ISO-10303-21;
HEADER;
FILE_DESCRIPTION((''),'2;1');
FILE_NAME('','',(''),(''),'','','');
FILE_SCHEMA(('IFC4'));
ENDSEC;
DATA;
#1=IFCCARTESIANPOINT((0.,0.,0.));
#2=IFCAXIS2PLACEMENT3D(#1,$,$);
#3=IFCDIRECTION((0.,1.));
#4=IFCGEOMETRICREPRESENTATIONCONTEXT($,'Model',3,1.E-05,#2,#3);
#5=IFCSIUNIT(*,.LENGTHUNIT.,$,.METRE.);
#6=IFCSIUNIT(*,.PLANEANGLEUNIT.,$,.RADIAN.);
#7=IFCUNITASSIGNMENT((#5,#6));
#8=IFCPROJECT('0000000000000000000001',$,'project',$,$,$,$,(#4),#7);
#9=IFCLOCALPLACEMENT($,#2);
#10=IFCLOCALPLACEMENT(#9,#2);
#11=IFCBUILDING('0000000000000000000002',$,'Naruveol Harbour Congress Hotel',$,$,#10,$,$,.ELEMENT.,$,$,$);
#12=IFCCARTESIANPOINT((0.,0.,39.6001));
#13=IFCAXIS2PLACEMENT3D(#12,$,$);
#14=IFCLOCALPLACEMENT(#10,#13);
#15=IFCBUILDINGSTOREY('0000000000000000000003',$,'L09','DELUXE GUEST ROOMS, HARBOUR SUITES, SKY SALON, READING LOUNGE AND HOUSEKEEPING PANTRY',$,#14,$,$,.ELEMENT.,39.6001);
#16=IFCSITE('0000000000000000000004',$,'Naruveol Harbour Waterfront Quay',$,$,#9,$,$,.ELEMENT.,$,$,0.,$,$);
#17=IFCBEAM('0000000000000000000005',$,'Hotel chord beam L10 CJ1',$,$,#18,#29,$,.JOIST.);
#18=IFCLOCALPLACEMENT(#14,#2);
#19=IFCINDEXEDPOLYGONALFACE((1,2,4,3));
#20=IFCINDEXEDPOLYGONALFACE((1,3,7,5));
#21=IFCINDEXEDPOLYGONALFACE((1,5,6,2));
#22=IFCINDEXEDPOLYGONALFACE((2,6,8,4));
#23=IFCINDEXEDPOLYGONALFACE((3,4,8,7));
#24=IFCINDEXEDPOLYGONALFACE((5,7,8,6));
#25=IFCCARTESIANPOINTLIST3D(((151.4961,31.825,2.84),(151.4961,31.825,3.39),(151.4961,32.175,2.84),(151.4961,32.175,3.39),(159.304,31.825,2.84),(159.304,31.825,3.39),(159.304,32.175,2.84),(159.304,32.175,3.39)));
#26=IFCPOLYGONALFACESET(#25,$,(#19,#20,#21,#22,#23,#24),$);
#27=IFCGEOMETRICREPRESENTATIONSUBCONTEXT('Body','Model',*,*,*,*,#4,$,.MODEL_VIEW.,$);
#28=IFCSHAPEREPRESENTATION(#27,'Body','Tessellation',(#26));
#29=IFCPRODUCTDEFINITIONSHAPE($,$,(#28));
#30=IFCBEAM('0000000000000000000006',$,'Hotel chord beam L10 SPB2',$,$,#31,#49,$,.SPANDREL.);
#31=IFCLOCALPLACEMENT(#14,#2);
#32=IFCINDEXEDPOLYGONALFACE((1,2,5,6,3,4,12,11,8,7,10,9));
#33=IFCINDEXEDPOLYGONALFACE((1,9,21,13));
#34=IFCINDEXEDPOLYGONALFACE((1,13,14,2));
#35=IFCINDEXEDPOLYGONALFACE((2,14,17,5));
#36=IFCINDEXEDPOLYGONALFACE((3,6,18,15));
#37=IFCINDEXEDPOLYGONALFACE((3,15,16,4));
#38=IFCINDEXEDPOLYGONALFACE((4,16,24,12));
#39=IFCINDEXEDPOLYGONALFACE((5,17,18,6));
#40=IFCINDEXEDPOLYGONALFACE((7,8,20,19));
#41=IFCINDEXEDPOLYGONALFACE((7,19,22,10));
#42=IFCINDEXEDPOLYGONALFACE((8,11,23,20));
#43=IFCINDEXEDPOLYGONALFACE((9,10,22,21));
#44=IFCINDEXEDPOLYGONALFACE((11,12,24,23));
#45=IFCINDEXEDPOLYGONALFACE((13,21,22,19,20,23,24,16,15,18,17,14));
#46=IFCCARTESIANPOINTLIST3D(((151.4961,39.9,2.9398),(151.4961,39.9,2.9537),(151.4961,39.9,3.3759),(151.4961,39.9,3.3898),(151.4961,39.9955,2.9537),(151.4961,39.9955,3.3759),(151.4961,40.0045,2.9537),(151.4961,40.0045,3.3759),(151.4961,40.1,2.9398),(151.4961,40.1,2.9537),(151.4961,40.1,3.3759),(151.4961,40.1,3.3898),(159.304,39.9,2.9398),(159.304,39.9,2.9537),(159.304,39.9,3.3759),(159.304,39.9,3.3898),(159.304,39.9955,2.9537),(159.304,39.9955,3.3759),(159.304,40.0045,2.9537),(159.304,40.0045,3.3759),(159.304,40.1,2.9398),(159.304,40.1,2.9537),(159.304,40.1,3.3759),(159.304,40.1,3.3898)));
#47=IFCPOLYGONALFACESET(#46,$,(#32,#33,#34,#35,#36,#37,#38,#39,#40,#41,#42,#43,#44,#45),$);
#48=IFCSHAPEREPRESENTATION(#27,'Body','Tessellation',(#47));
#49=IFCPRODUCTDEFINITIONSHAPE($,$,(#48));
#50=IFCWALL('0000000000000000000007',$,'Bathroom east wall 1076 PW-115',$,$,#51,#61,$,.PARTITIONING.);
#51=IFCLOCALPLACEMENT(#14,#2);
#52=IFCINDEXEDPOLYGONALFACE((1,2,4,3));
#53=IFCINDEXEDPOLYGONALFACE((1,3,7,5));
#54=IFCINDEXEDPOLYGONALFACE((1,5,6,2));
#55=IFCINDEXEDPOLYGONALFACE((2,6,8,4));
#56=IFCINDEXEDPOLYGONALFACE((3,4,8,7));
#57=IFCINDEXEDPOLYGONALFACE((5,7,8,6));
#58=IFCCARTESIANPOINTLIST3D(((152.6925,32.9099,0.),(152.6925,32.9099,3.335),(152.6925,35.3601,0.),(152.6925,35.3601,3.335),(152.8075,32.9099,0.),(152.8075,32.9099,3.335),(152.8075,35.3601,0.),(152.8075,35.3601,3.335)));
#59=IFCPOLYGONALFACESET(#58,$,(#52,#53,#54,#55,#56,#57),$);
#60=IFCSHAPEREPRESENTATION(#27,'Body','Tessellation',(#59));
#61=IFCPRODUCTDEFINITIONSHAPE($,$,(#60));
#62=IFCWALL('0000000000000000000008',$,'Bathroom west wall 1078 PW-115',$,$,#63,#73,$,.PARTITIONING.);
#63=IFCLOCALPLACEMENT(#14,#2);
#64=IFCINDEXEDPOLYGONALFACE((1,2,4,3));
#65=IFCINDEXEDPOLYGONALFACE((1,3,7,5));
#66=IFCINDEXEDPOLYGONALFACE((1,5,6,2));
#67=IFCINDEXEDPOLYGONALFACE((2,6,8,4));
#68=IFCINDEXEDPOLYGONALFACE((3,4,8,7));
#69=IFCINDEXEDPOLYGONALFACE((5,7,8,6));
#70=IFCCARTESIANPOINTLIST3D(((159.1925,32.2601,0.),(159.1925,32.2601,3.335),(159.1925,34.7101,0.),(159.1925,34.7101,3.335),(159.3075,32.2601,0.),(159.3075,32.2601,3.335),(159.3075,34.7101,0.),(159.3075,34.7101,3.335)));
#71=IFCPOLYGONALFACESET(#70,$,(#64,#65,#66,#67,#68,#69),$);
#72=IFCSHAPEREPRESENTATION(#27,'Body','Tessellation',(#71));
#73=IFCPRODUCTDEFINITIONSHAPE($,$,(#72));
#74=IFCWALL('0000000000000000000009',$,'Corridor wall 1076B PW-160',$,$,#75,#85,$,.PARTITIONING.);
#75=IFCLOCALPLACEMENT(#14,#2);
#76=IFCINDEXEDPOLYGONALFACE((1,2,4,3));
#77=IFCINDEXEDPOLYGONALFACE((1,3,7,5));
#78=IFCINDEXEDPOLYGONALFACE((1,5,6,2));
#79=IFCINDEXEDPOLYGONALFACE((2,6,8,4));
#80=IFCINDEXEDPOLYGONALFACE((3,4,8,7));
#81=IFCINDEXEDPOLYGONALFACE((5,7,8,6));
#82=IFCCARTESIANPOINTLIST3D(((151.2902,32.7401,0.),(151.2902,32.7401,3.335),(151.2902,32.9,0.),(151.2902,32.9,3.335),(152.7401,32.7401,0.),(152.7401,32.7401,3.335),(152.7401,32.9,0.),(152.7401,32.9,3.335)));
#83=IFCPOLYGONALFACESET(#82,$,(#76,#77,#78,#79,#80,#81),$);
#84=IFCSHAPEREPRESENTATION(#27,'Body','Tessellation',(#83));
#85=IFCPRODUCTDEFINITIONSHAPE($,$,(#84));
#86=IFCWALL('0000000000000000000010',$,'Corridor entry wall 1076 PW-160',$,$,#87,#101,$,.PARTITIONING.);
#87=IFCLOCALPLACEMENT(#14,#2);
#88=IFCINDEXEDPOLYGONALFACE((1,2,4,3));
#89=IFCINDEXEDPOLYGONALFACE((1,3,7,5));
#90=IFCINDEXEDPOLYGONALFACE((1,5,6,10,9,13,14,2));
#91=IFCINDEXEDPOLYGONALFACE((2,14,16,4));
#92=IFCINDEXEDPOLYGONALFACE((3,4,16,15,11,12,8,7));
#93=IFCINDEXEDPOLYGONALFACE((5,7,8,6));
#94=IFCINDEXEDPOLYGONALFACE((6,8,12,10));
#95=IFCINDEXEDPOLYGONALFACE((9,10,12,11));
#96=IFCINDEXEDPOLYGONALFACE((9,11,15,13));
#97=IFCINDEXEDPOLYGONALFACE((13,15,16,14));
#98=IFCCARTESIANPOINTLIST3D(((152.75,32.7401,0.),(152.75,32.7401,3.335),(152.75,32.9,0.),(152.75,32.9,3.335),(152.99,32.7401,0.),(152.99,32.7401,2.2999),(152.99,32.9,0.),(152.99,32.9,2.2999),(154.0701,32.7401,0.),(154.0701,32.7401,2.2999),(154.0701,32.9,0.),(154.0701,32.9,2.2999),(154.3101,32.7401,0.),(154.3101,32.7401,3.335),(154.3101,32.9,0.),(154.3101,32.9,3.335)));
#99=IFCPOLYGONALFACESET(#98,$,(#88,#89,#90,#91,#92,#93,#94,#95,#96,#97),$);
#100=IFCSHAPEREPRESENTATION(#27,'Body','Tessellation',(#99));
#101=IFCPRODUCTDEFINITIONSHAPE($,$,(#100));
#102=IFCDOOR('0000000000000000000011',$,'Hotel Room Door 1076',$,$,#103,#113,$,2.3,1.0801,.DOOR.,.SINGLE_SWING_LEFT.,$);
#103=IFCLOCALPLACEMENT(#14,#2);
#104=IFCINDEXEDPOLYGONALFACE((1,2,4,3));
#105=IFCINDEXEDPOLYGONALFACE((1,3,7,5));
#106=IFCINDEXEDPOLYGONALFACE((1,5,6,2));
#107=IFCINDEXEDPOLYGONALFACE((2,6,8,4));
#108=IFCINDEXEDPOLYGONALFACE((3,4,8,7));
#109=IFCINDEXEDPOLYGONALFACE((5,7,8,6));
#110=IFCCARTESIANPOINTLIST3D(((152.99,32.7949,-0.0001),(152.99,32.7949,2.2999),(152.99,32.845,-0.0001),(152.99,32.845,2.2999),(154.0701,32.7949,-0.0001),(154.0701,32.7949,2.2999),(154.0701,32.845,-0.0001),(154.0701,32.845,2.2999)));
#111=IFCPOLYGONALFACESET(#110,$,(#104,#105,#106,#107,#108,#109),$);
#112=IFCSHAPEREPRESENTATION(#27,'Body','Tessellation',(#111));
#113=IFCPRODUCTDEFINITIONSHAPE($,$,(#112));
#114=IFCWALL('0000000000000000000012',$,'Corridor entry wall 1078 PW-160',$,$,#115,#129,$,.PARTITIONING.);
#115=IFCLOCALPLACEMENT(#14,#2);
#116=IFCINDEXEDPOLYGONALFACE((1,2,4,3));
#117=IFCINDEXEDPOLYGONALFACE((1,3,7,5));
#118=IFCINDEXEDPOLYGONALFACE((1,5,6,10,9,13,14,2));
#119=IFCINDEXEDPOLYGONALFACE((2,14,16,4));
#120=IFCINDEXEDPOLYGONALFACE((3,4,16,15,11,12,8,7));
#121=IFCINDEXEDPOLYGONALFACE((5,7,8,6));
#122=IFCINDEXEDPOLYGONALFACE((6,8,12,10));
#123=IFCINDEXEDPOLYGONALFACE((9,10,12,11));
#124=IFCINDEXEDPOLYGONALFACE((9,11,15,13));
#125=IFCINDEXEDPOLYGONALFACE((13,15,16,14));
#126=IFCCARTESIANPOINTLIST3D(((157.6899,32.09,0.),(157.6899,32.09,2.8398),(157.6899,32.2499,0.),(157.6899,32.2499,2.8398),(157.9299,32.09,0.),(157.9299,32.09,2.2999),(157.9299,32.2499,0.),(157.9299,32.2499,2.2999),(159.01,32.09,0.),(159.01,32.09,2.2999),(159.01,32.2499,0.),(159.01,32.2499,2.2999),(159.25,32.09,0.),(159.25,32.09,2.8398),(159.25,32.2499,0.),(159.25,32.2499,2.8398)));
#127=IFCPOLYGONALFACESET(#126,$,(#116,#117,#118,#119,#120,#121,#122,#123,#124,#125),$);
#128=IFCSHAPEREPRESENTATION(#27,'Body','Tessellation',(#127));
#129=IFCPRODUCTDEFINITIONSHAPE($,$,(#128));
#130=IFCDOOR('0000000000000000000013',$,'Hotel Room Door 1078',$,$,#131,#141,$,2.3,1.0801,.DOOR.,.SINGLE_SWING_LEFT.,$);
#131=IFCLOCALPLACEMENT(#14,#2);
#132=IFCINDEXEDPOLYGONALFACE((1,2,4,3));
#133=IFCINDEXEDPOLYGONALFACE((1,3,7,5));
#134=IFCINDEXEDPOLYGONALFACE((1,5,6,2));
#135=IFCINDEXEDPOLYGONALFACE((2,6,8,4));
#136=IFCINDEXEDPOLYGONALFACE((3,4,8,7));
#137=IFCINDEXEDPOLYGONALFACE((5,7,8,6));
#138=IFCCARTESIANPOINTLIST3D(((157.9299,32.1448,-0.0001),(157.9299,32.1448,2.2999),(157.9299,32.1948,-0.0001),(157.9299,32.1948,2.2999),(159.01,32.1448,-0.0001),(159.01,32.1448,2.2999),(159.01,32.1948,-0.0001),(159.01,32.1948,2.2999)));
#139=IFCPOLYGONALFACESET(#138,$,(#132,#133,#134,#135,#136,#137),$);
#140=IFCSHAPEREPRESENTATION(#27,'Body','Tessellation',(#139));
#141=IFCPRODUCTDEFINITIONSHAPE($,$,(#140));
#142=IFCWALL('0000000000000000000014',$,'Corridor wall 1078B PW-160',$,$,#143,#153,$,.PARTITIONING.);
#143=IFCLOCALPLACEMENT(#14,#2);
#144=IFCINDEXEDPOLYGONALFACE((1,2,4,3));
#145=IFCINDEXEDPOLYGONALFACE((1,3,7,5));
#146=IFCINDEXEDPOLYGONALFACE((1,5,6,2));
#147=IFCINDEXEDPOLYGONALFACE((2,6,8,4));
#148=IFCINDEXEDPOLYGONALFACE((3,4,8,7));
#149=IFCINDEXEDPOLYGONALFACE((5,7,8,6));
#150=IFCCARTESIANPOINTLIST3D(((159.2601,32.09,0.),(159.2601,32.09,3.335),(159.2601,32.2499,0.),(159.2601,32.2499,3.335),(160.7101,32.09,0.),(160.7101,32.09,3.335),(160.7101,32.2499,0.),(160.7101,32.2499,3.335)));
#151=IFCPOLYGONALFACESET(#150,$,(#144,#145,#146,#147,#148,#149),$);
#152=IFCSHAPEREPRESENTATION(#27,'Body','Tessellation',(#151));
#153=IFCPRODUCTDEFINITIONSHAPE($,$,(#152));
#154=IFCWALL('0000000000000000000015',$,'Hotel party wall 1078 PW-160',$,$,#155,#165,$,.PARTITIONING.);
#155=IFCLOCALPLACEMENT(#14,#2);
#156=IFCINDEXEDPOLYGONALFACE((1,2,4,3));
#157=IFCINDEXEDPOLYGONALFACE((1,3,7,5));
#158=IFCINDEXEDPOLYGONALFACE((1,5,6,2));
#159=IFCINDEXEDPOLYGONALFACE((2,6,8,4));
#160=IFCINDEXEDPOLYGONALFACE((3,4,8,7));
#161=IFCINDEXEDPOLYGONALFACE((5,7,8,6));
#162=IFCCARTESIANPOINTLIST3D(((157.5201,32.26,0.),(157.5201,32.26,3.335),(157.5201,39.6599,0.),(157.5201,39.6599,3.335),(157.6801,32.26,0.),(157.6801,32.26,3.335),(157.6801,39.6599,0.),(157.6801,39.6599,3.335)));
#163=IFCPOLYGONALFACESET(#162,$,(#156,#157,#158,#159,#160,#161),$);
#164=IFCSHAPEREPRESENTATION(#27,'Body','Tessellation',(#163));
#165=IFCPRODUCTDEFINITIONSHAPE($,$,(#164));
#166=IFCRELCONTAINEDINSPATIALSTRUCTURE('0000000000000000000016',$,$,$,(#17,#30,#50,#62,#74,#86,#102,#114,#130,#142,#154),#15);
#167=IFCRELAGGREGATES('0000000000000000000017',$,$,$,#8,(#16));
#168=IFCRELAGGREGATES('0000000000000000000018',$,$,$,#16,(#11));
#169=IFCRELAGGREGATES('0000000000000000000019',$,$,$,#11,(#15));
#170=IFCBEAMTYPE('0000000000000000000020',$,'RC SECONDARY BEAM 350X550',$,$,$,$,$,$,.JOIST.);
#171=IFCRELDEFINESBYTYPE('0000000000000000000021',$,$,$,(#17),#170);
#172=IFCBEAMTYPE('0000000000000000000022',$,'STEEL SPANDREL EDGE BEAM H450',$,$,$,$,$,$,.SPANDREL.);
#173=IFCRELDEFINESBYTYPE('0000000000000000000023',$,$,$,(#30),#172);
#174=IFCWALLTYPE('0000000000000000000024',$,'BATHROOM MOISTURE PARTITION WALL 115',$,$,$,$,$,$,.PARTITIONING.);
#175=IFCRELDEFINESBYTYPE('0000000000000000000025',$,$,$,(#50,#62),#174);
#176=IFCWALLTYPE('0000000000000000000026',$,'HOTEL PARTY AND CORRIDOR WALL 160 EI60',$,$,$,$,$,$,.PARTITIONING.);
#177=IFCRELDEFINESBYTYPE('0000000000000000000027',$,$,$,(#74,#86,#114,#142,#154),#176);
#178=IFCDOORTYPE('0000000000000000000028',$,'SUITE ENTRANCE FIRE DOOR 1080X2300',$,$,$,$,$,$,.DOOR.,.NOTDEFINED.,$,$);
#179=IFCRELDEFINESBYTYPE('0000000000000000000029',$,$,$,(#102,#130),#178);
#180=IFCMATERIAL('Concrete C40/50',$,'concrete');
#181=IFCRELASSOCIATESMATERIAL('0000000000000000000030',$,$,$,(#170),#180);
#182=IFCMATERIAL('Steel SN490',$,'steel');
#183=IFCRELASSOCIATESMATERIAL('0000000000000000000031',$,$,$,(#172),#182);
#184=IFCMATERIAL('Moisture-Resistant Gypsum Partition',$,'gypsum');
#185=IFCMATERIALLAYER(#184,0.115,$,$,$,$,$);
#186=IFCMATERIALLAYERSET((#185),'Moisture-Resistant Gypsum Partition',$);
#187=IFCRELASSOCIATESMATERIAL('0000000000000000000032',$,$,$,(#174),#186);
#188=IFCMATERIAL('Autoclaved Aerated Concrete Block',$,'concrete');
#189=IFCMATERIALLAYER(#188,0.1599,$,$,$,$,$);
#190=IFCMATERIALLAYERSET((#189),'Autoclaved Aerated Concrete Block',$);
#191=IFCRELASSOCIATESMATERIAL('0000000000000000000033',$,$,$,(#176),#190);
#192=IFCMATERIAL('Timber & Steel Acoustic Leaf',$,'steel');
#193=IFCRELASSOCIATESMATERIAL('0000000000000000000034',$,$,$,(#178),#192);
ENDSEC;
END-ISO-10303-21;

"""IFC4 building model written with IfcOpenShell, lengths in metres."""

from ifc_helpers import new_model, si_unit, direction, frame, frame_2d, origin, origin_2d, place, context, subcontext, project, spatial, rectangle, i_section, extrude, material, layer, layer_set, material_profile, profile_set, type_object, element, fill, save


model = new_model("IFC4")

# Units and contexts
model_context = context("Model", 3, precision=1e-05, world=origin(), true_north=direction((0.0, 1.0)))
body_context = subcontext(model_context, "Body", "Model", "MODEL_VIEW")
ifc_project = project(units=[si_unit("LENGTHUNIT", "METRE"), si_unit("PLANEANGLEUNIT", "RADIAN")], contexts=[model_context])

# Site, building, storey
site_placement = place(None, origin())
site = spatial("IfcSite", under=ifc_project, at=site_placement, Name="Naruveol Harbour Waterfront Quay", CompositionType="ELEMENT", RefElevation=0.0)
building_placement = place(site_placement, origin())
building = spatial("IfcBuilding", under=site, at=building_placement, Name="Naruveol Harbour Congress Hotel", CompositionType="ELEMENT")
storey_placement = place(building_placement, frame((0.0, 0.0, 39.6001)))
storey = spatial("IfcBuildingStorey", under=building, at=storey_placement, Name="L09", Description="DELUXE GUEST ROOMS, HARBOUR SUITES, SKY SALON, READING LOUNGE AND HOUSEKEEPING PANTRY", CompositionType="ELEMENT", Elevation=39.6001)

# Beams
ifc_material_1 = material(Name="Concrete C40/50", Category="concrete")
ifc_material_profile_1 = material_profile(ifc_material_1, rectangle(XDim=0.3501, YDim=0.55, at=origin_2d()), Name="RCB-350x550")
ifc_profile_set_1 = profile_set([ifc_material_profile_1], Name="Concrete C40/50")
beam_type_1 = type_object("IfcBeamType", Name="RC SECONDARY BEAM 350X550", PredefinedType="JOIST", material=ifc_profile_set_1)
beam_1_placement = place(storey_placement, frame((151.4961, 32.0, 3.115), z_axis=(1.0, 0.0, 0.0), x_axis=(0.0, 1.0, 0.0)))
element("IfcBeam", 1, at=beam_1_placement, inside=storey, type_object=beam_type_1, Name="Hotel chord beam L10 CJ1", PredefinedType="JOIST", context=body_context, shape_type="SweptSolid", body=[
    extrude(rectangle(XDim=0.3501, YDim=0.55, at=origin_2d()), origin(), (0.0, 0.0, 1.0), 7.8079),
])
ifc_material_2 = material(Name="Steel SN490", Category="steel")
ifc_material_profile_2 = material_profile(ifc_material_2, i_section(OverallWidth=0.2, OverallDepth=0.45, WebThickness=0.009, FlangeThickness=0.0139, at=origin_2d()), Name="H-450x200x9x14")
ifc_profile_set_2 = profile_set([ifc_material_profile_2], Name="Steel SN490")
beam_type_2 = type_object("IfcBeamType", Name="STEEL SPANDREL EDGE BEAM H450", PredefinedType="SPANDREL", material=ifc_profile_set_2)
beam_2_placement = place(storey_placement, frame((151.4961, 40.0, 3.1648), z_axis=(1.0, 0.0, 0.0), x_axis=(0.0, 1.0, 0.0)))
element("IfcBeam", 2, at=beam_2_placement, inside=storey, type_object=beam_type_2, Name="Hotel chord beam L10 SPB2", PredefinedType="SPANDREL", context=body_context, shape_type="SweptSolid", body=[
    extrude(i_section(OverallWidth=0.2, OverallDepth=0.45, WebThickness=0.009, FlangeThickness=0.0139, at=origin_2d()), origin(), (0.0, 0.0, 1.0), 7.8079),
])

# Wall
ifc_material_3 = material(Name="Moisture-Resistant Gypsum Partition", Category="gypsum")
ifc_layer_1 = layer(ifc_material_3, 0.115)
ifc_layer_set_1 = layer_set([ifc_layer_1], Name="Moisture-Resistant Gypsum Partition")
wall_type_1 = type_object("IfcWallType", Name="BATHROOM MOISTURE PARTITION WALL 115", PredefinedType="PARTITIONING", material=ifc_layer_set_1)
wall_1_placement = place(storey_placement, frame((152.75, 32.9099, 0.0), z_axis=(0.0, 0.0, 1.0), x_axis=(0.0, 1.0, 0.0)))
element("IfcWall", 3, at=wall_1_placement, inside=storey, type_object=wall_type_1, Name="Bathroom east wall 1076 PW-115", PredefinedType="PARTITIONING", context=body_context, shape_type="SweptSolid", body=[
    extrude(rectangle(XDim=2.4502, YDim=0.115, at=frame_2d((1.2251, 0.0))), origin(), (0.0, 0.0, 1.0), 3.335),
])

# Wall
wall_2_placement = place(storey_placement, frame((159.25, 32.26, 0.0), z_axis=(0.0, 0.0, 1.0), x_axis=(0.0, 1.0, 0.0)))
element("IfcWall", 4, at=wall_2_placement, inside=storey, type_object=wall_type_1, Name="Bathroom west wall 1078 PW-115", PredefinedType="PARTITIONING", context=body_context, shape_type="SweptSolid", body=[
    extrude(rectangle(XDim=2.45, YDim=0.115, at=frame_2d((1.2251, 0.0))), origin(), (0.0, 0.0, 1.0), 3.335),
])

# Wall
ifc_material_4 = material(Name="Autoclaved Aerated Concrete Block", Category="concrete")
ifc_layer_2 = layer(ifc_material_4, 0.1599)
ifc_layer_set_2 = layer_set([ifc_layer_2], Name="Autoclaved Aerated Concrete Block")
wall_type_2 = type_object("IfcWallType", Name="HOTEL PARTY AND CORRIDOR WALL 160 EI60", PredefinedType="PARTITIONING", material=ifc_layer_set_2)
wall_3_placement = place(storey_placement, frame((151.29, 32.8201, 0.0), z_axis=(0.0, 0.0, 1.0), x_axis=(1.0, 0.0, 0.0)))
element("IfcWall", 5, at=wall_3_placement, inside=storey, type_object=wall_type_2, Name="Corridor wall 1076B PW-160", PredefinedType="PARTITIONING", context=body_context, shape_type="SweptSolid", body=[
    extrude(rectangle(XDim=1.45, YDim=0.1599, at=frame_2d((0.7251, 0.0))), origin(), (0.0, 0.0, 1.0), 3.335),
])

# Walls, openings, doors
wall_4_placement = place(storey_placement, frame((152.75, 32.8201, 0.0), z_axis=(0.0, 0.0, 1.0), x_axis=(1.0, 0.0, 0.0)))
wall_4 = element("IfcWall", 6, at=wall_4_placement, inside=storey, type_object=wall_type_2, Name="Corridor entry wall 1076 PW-160", PredefinedType="PARTITIONING", context=body_context, shape_type="SweptSolid", body=[
    extrude(rectangle(XDim=1.5601, YDim=0.1599, at=frame_2d((0.78, 0.0))), origin(), (0.0, 0.0, 1.0), 3.335),
])
opening_1_placement = place(wall_4_placement, frame((0.24, 0.0, 0.0)))
opening_1 = element("IfcOpeningElement", 7, at=opening_1_placement, cuts=wall_4, PredefinedType="OPENING", context=body_context, shape_type="SweptSolid", body=[
    extrude(rectangle(XDim=1.0801, YDim=2.3, at=frame_2d((0.54, 1.1499))), frame((0.0, 0.0898, 0.0), z_axis=(0.0, -1.0, 0.0), x_axis=(1.0, 0.0, 0.0)), (0.0, 0.0, 1.0), 0.1799),
])
ifc_material_5 = material(Name="Timber & Steel Acoustic Leaf", Category="steel")
door_type_1 = type_object("IfcDoorType", Name="SUITE ENTRANCE FIRE DOOR 1080X2300", OperationType="NOTDEFINED", PredefinedType="DOOR", material=ifc_material_5)
door_1_placement = place(opening_1_placement, origin())
door_1 = element("IfcDoor", 8, at=door_1_placement, inside=storey, type_object=door_type_1, Name="Hotel Room Door 1076", OperationType="SINGLE_SWING_LEFT", OverallHeight=2.3, OverallWidth=1.0801, PredefinedType="DOOR", context=body_context, shape_type="SweptSolid", body=[
    extrude(rectangle(XDim=1.0801, YDim=2.3, at=frame_2d((0.54, 1.1499))), frame((0.0, 0.0249, 0.0), z_axis=(0.0, -1.0, 0.0), x_axis=(1.0, 0.0, 0.0)), (0.0, 0.0, 1.0), 0.05),
])
fill(opening_1, door_1)
wall_5_placement = place(storey_placement, frame((157.6899, 32.1699, 0.0), z_axis=(0.0, 0.0, 1.0), x_axis=(1.0, 0.0, 0.0)))
wall_5 = element("IfcWall", 9, at=wall_5_placement, inside=storey, type_object=wall_type_2, Name="Corridor entry wall 1078 PW-160", PredefinedType="PARTITIONING", context=body_context, shape_type="SweptSolid", body=[
    extrude(rectangle(XDim=1.5601, YDim=0.1599, at=frame_2d((0.78, 0.0))), origin(), (0.0, 0.0, 1.0), 2.8398),
])
opening_2_placement = place(wall_5_placement, frame((0.24, 0.0, 0.0)))
opening_2 = element("IfcOpeningElement", 10, at=opening_2_placement, cuts=wall_5, PredefinedType="OPENING", context=body_context, shape_type="SweptSolid", body=[
    extrude(rectangle(XDim=1.0801, YDim=2.3, at=frame_2d((0.54, 1.1499))), frame((0.0, 0.0898, 0.0), z_axis=(0.0, -1.0, 0.0), x_axis=(1.0, 0.0, 0.0)), (0.0, 0.0, 1.0), 0.1799),
])
door_2_placement = place(opening_2_placement, origin())
door_2 = element("IfcDoor", 11, at=door_2_placement, inside=storey, type_object=door_type_1, Name="Hotel Room Door 1078", OperationType="SINGLE_SWING_LEFT", OverallHeight=2.3, OverallWidth=1.0801, PredefinedType="DOOR", context=body_context, shape_type="SweptSolid", body=[
    extrude(rectangle(XDim=1.0801, YDim=2.3, at=frame_2d((0.54, 1.1499))), frame((0.0, 0.0249, 0.0), z_axis=(0.0, -1.0, 0.0), x_axis=(1.0, 0.0, 0.0)), (0.0, 0.0, 1.0), 0.05),
])
fill(opening_2, door_2)

# Walls
wall_6_placement = place(storey_placement, frame((159.26, 32.1699, 0.0), z_axis=(0.0, 0.0, 1.0), x_axis=(1.0, 0.0, 0.0)))
element("IfcWall", 12, at=wall_6_placement, inside=storey, type_object=wall_type_2, Name="Corridor wall 1078B PW-160", PredefinedType="PARTITIONING", context=body_context, shape_type="SweptSolid", body=[
    extrude(rectangle(XDim=1.45, YDim=0.1599, at=frame_2d((0.7251, 0.0))), origin(), (0.0, 0.0, 1.0), 3.335),
])
wall_7_placement = place(storey_placement, frame((157.6001, 32.26, 0.0), z_axis=(0.0, 0.0, 1.0), x_axis=(0.0, 1.0, 0.0)))
element("IfcWall", 13, at=wall_7_placement, inside=storey, type_object=wall_type_2, Name="Hotel party wall 1078 PW-160", PredefinedType="PARTITIONING", context=body_context, shape_type="SweptSolid", body=[
    extrude(rectangle(XDim=7.3999, YDim=0.1599, at=frame_2d((3.7, 0.0))), origin(), (0.0, 0.0, 1.0), 3.335),
])

save(model, "model.ifc")
